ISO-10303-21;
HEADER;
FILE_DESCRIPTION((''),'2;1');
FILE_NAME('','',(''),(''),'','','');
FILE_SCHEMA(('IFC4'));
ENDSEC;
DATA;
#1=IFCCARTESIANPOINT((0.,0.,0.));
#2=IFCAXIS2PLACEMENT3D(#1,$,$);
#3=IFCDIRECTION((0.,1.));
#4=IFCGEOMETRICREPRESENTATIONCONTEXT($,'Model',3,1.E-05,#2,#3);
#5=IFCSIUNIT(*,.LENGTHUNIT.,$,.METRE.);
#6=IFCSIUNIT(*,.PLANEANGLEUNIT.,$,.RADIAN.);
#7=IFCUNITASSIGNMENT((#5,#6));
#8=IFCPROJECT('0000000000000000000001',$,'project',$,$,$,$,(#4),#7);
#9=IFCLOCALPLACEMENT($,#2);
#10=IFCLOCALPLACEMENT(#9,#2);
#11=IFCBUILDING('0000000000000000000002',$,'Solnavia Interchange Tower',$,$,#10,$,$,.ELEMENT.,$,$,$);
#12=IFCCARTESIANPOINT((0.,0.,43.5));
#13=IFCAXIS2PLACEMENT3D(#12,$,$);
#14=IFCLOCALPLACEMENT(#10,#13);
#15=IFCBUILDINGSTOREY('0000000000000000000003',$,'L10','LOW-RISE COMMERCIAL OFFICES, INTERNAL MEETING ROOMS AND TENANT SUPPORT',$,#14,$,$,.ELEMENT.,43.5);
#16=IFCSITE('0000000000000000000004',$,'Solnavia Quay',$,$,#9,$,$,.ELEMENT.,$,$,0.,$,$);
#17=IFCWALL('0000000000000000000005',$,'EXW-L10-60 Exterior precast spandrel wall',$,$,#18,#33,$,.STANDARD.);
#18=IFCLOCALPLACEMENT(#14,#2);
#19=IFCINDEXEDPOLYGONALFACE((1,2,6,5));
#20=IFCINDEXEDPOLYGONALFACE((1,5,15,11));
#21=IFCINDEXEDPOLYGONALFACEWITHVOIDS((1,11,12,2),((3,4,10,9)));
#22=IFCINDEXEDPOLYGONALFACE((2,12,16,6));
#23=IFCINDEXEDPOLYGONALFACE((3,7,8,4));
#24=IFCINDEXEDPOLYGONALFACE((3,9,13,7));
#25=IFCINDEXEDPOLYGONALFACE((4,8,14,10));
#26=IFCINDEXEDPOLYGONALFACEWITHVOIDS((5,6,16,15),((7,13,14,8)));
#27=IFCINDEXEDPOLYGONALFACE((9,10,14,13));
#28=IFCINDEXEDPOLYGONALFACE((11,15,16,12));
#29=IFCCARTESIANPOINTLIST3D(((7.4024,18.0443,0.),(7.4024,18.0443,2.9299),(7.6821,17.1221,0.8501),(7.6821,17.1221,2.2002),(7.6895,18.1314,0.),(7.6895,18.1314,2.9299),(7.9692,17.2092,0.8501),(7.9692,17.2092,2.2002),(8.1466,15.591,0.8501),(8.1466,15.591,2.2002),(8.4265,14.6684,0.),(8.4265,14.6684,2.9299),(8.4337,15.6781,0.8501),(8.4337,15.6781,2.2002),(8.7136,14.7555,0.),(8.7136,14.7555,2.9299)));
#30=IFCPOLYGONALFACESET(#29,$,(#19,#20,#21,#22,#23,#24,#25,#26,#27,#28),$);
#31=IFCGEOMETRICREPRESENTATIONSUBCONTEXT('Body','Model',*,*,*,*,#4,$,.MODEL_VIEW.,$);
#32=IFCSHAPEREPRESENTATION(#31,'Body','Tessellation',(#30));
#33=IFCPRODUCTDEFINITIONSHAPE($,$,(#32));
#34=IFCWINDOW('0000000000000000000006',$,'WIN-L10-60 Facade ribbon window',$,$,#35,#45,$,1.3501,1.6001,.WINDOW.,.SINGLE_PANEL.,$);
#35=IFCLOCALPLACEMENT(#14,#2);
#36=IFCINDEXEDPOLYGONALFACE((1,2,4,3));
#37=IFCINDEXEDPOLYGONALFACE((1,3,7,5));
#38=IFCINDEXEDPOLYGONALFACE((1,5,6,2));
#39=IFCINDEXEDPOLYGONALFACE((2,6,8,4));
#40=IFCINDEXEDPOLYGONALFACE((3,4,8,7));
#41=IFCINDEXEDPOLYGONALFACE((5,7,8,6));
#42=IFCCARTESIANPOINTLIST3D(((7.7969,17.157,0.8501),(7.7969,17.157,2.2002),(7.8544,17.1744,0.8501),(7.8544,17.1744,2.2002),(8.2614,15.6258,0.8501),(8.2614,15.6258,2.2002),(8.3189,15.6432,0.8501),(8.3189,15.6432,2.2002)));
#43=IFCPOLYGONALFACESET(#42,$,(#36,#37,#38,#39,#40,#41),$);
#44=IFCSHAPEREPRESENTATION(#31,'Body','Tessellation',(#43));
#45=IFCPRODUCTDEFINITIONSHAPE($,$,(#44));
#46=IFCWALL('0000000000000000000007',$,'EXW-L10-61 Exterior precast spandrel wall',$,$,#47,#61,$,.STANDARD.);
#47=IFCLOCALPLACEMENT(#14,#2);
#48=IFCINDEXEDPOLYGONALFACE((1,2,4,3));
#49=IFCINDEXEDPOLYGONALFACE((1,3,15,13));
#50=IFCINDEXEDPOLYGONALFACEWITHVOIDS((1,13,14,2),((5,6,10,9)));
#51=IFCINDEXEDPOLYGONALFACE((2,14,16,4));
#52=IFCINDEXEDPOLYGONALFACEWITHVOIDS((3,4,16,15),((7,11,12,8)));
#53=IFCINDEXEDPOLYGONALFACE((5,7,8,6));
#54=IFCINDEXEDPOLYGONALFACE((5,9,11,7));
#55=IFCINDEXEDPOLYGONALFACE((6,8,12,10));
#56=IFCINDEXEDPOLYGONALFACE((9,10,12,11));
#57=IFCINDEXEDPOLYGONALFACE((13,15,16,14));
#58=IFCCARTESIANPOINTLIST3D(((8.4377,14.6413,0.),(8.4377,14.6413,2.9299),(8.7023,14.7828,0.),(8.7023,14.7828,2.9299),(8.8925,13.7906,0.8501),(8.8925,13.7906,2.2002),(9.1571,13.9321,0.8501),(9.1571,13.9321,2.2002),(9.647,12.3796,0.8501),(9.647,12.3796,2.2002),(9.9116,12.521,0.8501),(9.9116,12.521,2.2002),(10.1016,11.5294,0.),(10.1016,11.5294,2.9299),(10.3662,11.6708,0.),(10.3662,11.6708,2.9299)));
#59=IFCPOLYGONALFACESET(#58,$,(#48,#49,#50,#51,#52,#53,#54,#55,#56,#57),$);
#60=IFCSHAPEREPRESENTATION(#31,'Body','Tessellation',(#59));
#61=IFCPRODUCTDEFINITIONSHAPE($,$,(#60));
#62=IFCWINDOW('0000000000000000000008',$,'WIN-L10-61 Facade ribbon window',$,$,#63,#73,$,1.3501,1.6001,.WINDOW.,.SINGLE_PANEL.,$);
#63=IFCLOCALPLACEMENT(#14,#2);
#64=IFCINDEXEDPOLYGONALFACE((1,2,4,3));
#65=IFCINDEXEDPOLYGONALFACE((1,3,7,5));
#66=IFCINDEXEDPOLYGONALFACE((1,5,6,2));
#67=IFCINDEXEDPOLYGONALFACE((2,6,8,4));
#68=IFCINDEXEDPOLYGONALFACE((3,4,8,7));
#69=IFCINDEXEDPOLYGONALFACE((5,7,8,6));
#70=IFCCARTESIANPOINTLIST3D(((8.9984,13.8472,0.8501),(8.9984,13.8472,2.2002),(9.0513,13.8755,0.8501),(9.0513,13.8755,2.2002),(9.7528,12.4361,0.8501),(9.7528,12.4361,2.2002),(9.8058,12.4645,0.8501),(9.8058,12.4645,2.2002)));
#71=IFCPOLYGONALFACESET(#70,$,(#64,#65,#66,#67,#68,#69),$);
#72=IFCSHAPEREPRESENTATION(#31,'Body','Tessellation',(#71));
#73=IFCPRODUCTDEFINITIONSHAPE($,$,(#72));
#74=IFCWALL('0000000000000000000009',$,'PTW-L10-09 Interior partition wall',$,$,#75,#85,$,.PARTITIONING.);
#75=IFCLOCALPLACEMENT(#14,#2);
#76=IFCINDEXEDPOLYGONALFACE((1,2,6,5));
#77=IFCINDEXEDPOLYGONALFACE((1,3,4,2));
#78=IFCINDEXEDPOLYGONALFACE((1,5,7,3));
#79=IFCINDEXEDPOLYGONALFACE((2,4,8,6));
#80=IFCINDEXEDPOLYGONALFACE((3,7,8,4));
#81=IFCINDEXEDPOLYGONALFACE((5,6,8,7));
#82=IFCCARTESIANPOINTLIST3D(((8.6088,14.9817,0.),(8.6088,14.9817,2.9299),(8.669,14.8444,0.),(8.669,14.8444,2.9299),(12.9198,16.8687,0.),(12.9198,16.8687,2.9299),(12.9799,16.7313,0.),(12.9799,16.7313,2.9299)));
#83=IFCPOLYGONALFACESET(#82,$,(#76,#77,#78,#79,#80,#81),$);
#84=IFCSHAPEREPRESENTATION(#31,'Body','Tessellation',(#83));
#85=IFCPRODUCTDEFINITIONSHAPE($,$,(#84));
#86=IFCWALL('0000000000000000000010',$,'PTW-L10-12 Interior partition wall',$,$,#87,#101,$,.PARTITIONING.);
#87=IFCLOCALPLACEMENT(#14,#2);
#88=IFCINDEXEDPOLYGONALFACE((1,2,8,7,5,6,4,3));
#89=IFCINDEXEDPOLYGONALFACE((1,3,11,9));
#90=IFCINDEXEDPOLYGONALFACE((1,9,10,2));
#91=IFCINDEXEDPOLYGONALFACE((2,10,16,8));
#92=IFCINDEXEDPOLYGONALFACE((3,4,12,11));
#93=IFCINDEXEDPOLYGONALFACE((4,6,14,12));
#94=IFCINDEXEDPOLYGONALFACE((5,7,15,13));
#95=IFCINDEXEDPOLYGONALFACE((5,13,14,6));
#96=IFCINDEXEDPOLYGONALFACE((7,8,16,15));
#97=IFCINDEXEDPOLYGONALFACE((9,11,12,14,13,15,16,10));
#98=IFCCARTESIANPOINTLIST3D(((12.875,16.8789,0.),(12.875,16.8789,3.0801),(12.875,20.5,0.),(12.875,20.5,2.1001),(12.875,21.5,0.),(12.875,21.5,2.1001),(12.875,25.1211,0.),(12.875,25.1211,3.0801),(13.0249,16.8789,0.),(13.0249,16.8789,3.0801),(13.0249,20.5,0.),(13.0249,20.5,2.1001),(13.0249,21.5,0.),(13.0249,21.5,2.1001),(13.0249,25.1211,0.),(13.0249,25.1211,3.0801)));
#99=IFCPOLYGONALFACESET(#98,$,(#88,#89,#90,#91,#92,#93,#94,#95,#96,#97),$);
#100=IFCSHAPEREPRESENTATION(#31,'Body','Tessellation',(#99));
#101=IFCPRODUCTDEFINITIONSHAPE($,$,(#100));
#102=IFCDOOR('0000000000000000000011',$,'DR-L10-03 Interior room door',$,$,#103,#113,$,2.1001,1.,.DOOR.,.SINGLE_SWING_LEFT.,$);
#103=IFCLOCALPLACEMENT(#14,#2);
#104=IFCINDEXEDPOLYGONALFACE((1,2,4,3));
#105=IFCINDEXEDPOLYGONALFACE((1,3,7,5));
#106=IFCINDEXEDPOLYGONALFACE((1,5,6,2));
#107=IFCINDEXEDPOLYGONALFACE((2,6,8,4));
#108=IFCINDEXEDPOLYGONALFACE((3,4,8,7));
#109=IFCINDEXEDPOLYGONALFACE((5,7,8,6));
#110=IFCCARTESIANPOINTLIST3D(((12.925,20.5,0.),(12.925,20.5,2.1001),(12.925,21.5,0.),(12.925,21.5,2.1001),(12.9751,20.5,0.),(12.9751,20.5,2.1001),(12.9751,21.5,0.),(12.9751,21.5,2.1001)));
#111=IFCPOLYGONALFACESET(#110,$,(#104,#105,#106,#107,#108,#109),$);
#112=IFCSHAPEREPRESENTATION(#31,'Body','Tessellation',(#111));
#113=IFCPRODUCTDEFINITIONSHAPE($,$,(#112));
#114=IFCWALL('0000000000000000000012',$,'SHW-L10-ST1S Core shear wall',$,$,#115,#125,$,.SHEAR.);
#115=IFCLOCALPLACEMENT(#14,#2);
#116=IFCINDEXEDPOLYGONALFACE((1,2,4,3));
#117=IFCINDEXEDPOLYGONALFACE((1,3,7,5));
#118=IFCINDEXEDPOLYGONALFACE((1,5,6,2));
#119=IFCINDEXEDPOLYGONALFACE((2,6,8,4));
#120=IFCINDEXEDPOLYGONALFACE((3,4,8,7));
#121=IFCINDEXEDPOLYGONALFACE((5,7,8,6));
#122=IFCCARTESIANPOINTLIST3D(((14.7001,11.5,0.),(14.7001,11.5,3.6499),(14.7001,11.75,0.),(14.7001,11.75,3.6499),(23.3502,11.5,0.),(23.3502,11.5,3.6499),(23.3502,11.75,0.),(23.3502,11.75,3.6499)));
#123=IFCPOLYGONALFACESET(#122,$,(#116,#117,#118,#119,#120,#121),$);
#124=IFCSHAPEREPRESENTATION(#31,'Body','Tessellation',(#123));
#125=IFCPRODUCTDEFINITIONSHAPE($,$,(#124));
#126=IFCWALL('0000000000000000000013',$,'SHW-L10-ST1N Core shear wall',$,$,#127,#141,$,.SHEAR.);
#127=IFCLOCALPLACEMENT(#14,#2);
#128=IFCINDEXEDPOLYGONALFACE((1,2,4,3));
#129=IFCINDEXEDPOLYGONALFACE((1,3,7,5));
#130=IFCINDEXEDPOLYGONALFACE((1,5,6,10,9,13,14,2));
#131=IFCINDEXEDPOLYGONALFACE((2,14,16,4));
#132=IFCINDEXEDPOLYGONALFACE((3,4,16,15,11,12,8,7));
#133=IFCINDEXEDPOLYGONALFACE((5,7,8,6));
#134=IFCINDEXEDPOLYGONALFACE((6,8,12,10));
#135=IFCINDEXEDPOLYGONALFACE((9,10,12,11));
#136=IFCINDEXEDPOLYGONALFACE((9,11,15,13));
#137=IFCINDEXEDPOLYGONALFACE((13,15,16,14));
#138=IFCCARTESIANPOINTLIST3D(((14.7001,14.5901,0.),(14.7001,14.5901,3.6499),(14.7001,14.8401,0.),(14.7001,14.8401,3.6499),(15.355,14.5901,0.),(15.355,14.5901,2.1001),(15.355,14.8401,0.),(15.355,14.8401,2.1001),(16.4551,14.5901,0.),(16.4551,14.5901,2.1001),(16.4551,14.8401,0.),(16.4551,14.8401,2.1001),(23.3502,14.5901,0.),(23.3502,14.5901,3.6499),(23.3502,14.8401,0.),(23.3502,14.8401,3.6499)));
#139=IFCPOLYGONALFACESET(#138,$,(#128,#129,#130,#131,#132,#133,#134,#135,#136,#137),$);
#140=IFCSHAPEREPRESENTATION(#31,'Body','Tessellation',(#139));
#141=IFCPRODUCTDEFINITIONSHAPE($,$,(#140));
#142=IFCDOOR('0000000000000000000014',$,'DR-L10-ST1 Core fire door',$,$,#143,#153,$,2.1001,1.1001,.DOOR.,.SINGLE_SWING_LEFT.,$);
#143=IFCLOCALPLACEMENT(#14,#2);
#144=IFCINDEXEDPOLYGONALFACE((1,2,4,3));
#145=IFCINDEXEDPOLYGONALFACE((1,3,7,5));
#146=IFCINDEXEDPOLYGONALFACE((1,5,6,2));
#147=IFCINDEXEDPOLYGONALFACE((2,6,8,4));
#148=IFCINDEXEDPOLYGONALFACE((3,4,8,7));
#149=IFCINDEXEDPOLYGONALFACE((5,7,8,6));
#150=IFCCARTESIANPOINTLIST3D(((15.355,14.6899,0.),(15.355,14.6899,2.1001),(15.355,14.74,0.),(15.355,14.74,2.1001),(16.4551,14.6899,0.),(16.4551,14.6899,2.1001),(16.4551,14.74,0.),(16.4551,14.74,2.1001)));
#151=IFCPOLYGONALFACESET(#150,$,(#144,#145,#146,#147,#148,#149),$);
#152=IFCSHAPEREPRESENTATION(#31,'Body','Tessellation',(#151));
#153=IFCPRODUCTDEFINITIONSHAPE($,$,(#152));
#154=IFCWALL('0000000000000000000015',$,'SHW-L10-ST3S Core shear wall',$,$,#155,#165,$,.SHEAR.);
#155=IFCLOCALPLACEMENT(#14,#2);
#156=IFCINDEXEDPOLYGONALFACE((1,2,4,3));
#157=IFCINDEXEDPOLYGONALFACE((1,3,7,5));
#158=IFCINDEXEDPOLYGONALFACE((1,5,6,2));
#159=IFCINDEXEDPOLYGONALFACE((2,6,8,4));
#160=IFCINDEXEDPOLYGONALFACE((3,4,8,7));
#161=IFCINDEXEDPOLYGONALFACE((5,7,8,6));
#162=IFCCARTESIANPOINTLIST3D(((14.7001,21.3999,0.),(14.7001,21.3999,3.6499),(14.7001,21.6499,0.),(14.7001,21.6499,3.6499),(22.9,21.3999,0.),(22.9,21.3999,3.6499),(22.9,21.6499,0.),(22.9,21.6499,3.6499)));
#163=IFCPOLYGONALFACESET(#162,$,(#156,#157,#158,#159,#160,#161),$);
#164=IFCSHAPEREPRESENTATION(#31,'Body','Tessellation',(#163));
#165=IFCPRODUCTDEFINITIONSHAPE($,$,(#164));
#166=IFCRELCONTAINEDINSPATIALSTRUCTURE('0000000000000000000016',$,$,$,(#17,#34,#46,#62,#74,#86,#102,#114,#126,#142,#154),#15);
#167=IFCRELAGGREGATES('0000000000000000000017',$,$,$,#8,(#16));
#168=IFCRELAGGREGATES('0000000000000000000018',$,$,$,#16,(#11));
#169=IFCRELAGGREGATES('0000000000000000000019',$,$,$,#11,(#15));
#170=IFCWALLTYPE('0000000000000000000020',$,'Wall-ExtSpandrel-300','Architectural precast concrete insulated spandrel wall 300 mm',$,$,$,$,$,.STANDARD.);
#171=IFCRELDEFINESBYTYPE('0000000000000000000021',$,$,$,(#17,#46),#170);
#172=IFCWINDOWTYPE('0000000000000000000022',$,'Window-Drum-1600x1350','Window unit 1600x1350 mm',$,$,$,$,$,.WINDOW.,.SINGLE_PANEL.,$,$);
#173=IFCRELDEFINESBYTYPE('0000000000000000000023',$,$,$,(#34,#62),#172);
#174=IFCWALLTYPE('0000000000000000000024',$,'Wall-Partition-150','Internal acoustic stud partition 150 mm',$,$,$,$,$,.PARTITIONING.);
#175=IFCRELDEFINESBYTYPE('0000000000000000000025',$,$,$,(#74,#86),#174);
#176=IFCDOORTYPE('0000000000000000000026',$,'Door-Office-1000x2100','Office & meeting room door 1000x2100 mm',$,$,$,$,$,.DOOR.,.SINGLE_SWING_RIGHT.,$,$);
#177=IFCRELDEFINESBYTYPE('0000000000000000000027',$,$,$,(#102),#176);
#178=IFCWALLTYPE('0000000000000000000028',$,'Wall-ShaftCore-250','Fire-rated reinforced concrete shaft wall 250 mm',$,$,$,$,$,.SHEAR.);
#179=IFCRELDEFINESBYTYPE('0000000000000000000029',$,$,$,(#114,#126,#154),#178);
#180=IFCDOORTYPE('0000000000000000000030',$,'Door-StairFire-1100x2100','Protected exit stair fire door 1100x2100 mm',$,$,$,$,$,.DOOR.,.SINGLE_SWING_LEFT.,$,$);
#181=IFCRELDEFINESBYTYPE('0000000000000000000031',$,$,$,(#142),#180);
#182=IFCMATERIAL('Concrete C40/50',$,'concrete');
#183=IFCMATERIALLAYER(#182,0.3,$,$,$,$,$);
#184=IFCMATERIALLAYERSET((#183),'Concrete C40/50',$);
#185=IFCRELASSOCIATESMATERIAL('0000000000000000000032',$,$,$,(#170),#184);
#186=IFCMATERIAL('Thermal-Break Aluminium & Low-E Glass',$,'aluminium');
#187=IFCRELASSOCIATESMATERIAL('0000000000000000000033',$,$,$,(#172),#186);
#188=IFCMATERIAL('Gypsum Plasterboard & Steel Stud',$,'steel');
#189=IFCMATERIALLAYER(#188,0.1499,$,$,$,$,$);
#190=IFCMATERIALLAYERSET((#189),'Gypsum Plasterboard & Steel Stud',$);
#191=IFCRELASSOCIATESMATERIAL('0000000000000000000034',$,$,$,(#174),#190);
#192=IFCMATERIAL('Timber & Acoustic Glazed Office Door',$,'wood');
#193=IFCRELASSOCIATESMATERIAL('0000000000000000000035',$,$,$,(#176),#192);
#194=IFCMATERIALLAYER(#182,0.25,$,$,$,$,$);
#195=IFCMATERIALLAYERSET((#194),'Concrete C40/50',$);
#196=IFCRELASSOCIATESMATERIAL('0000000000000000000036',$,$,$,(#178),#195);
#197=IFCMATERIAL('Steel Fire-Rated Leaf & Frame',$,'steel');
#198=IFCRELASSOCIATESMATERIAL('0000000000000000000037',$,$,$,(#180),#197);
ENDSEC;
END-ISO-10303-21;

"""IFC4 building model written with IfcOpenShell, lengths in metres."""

from ifc_helpers import new_model, si_unit, direction, frame, frame_2d, origin, place, context, subcontext, project, spatial, rectangle, extrude, material, layer, layer_set, type_object, element, fill, save


model = new_model("IFC4")

# Units and contexts
model_context = context("Model", 3, precision=1e-05, world=origin(), true_north=direction((0.0, 1.0)))
body_context = subcontext(model_context, "Body", "Model", "MODEL_VIEW")
ifc_project = project(units=[si_unit("LENGTHUNIT", "METRE"), si_unit("PLANEANGLEUNIT", "RADIAN")], contexts=[model_context])

# Site, building, storey
site_placement = place(None, origin())
site = spatial("IfcSite", under=ifc_project, at=site_placement, Name="Solnavia Quay", CompositionType="ELEMENT", RefElevation=0.0)
building_placement = place(site_placement, origin())
building = spatial("IfcBuilding", under=site, at=building_placement, Name="Solnavia Interchange Tower", CompositionType="ELEMENT")
storey_placement = place(building_placement, frame((0.0, 0.0, 43.5)))
storey = spatial("IfcBuildingStorey", under=building, at=storey_placement, Name="L10", Description="LOW-RISE COMMERCIAL OFFICES, INTERNAL MEETING ROOMS AND TENANT SUPPORT", CompositionType="ELEMENT", Elevation=43.5)

# Shared definitions
ifc_material_1 = material(Name="Concrete C40/50", Category="concrete")
ifc_layer_1 = layer(ifc_material_1, 0.3)
ifc_layer_set_1 = layer_set([ifc_layer_1], Name="Concrete C40/50")
wall_type_1 = type_object("IfcWallType", Name="Wall-ExtSpandrel-300", Description="Architectural precast concrete insulated spandrel wall 300 mm", PredefinedType="STANDARD", material=ifc_layer_set_1)

# Walls, openings, windows
ifc_material_2 = material(Name="Thermal-Break Aluminium & Low-E Glass", Category="aluminium")
window_type = type_object("IfcWindowType", Name="Window-Drum-1600x1350", Description="Window unit 1600x1350 mm", PartitioningType="SINGLE_PANEL", PredefinedType="WINDOW", material=ifc_material_2)
wall_1_placement = place(storey_placement, frame((8.5701, 14.7119, 0.0), z_axis=(0.0, 0.0, 1.0), x_axis=(-0.290305, 0.956934, 0.0)))
wall_1 = element("IfcWall", 1, at=wall_1_placement, inside=storey, type_object=wall_type_1, Name="EXW-L10-60 Exterior precast spandrel wall", PredefinedType="STANDARD", context=body_context, shape_type="SweptSolid", body=[
    extrude(rectangle(XDim=3.5278, YDim=0.3, at=frame_2d((1.7639, 0.0))), origin(), (0.0, 0.0, 1.0), 2.9299),
])
opening_1_placement = place(wall_1_placement, frame((0.9641, 0.0, 0.8501)))
opening_1 = element("IfcOpeningElement", 2, at=opening_1_placement, cuts=wall_1, PredefinedType="OPENING", context=body_context, shape_type="SweptSolid", body=[
    extrude(rectangle(XDim=1.6001, YDim=1.3501, at=frame_2d((0.8, 0.675))), frame((0.0, 0.1602, 0.0), z_axis=(0.0, -1.0, 0.0), x_axis=(1.0, 0.0, 0.0)), (0.0, 0.0, 1.0), 0.3201),
])
window_1_placement = place(opening_1_placement, origin())
window_1 = element("IfcWindow", 3, at=window_1_placement, inside=storey, type_object=window_type, Name="WIN-L10-60 Facade ribbon window", OverallHeight=1.3501, OverallWidth=1.6001, PartitioningType="SINGLE_PANEL", PredefinedType="WINDOW", context=body_context, shape_type="SweptSolid", body=[
    extrude(rectangle(XDim=1.6001, YDim=1.3501, at=frame_2d((0.8, 0.675))), frame((0.0, 0.03, 0.0), z_axis=(0.0, -1.0, 0.0), x_axis=(1.0, 0.0, 0.0)), (0.0, 0.0, 1.0), 0.0601),
])
fill(opening_1, window_1)
wall_2_placement = place(storey_placement, frame((10.2339, 11.6001, 0.0), z_axis=(0.0, 0.0, 1.0), x_axis=(-0.471511, 0.88186, 0.0)))
wall_2 = element("IfcWall", 4, at=wall_2_placement, inside=storey, type_object=wall_type_1, Name="EXW-L10-61 Exterior precast spandrel wall", PredefinedType="STANDARD", context=body_context, shape_type="SweptSolid", body=[
    extrude(rectangle(XDim=3.5288, YDim=0.3, at=frame_2d((1.7644, 0.0))), origin(), (0.0, 0.0, 1.0), 2.9299),
])
opening_2_placement = place(wall_2_placement, frame((0.9641, 0.0, 0.8501)))
opening_2 = element("IfcOpeningElement", 5, at=opening_2_placement, cuts=wall_2, PredefinedType="OPENING", context=body_context, shape_type="SweptSolid", body=[
    extrude(rectangle(XDim=1.6001, YDim=1.3501, at=frame_2d((0.8, 0.675))), frame((0.0, 0.1602, 0.0), z_axis=(0.0, -1.0, 0.0), x_axis=(1.0, 0.0, 0.0)), (0.0, 0.0, 1.0), 0.3201),
])
window_2_placement = place(opening_2_placement, origin())
window_2 = element("IfcWindow", 6, at=window_2_placement, inside=storey, type_object=window_type, Name="WIN-L10-61 Facade ribbon window", OverallHeight=1.3501, OverallWidth=1.6001, PartitioningType="SINGLE_PANEL", PredefinedType="WINDOW", context=body_context, shape_type="SweptSolid", body=[
    extrude(rectangle(XDim=1.6001, YDim=1.3501, at=frame_2d((0.8, 0.675))), frame((0.0, 0.03, 0.0), z_axis=(0.0, -1.0, 0.0), x_axis=(1.0, 0.0, 0.0)), (0.0, 0.0, 1.0), 0.0601),
])
fill(opening_2, window_2)

# Wall
ifc_material_3 = material(Name="Gypsum Plasterboard & Steel Stud", Category="steel")
ifc_layer_2 = layer(ifc_material_3, 0.1499)
ifc_layer_set_2 = layer_set([ifc_layer_2], Name="Gypsum Plasterboard & Steel Stud")
wall_type_2 = type_object("IfcWallType", Name="Wall-Partition-150", Description="Internal acoustic stud partition 150 mm", PredefinedType="PARTITIONING", material=ifc_layer_set_2)
wall_3_placement = place(storey_placement, frame((12.95, 16.8, 0.0), z_axis=(0.0, 0.0, 1.0), x_axis=(-0.916088, -0.400977, 0.0)))
element("IfcWall", 7, at=wall_3_placement, inside=storey, type_object=wall_type_2, Name="PTW-L10-09 Interior partition wall", PredefinedType="PARTITIONING", context=body_context, shape_type="SweptSolid", body=[
    extrude(rectangle(XDim=4.7058, YDim=0.1499, at=frame_2d((2.353, 0.0))), origin(), (0.0, 0.0, 1.0), 2.9299),
])

# Wall, opening, door
wall_4_placement = place(storey_placement, frame((12.95, 16.8789, 0.0), z_axis=(0.0, 0.0, 1.0), x_axis=(0.0, 1.0, 0.0)))
wall_4 = element("IfcWall", 8, at=wall_4_placement, inside=storey, type_object=wall_type_2, Name="PTW-L10-12 Interior partition wall", PredefinedType="PARTITIONING", context=body_context, shape_type="SweptSolid", body=[
    extrude(rectangle(XDim=8.2422, YDim=0.1499, at=frame_2d((4.1211, 0.0))), origin(), (0.0, 0.0, 1.0), 3.0801),
])
opening_3_placement = place(wall_4_placement, frame((3.6211, 0.0, 0.0)))
opening_3 = element("IfcOpeningElement", 9, at=opening_3_placement, cuts=wall_4, PredefinedType="OPENING", context=body_context, shape_type="SweptSolid", body=[
    extrude(rectangle(XDim=1.0, YDim=2.1001, at=frame_2d((0.5, 1.05))), frame((0.0, 0.085, 0.0), z_axis=(0.0, -1.0, 0.0), x_axis=(1.0, 0.0, 0.0)), (0.0, 0.0, 1.0), 0.1699),
])
ifc_material_4 = material(Name="Timber & Acoustic Glazed Office Door", Category="wood")
door_type_1 = type_object("IfcDoorType", Name="Door-Office-1000x2100", Description="Office & meeting room door 1000x2100 mm", OperationType="SINGLE_SWING_RIGHT", PredefinedType="DOOR", material=ifc_material_4)
door_1_placement = place(opening_3_placement, origin())
door_1 = element("IfcDoor", 10, at=door_1_placement, inside=storey, type_object=door_type_1, Name="DR-L10-03 Interior room door", OperationType="SINGLE_SWING_LEFT", OverallHeight=2.1001, OverallWidth=1.0, PredefinedType="DOOR", context=body_context, shape_type="SweptSolid", body=[
    extrude(rectangle(XDim=1.0, YDim=2.1001, at=frame_2d((0.5, 1.05))), frame((0.0, 0.0249, 0.0), z_axis=(0.0, -1.0, 0.0), x_axis=(1.0, 0.0, 0.0)), (0.0, 0.0, 1.0), 0.05),
])
fill(opening_3, door_1)

# Wall
ifc_layer_3 = layer(ifc_material_1, 0.25)
ifc_layer_set_3 = layer_set([ifc_layer_3], Name="Concrete C40/50")
wall_type_3 = type_object("IfcWallType", Name="Wall-ShaftCore-250", Description="Fire-rated reinforced concrete shaft wall 250 mm", PredefinedType="SHEAR", material=ifc_layer_set_3)
wall_5_placement = place(storey_placement, frame((14.7, 11.625, 0.0), z_axis=(0.0, 0.0, 1.0), x_axis=(1.0, 0.0, 0.0)))
element("IfcWall", 11, at=wall_5_placement, inside=storey, type_object=wall_type_3, Name="SHW-L10-ST1S Core shear wall", PredefinedType="SHEAR", context=body_context, shape_type="SweptSolid", body=[
    extrude(rectangle(XDim=8.6501, YDim=0.25, at=frame_2d((4.3252, 0.0))), origin(), (0.0, 0.0, 1.0), 3.6499),
])

# Wall, opening, door
wall_6_placement = place(storey_placement, frame((14.7, 14.7151, 0.0), z_axis=(0.0, 0.0, 1.0), x_axis=(1.0, 0.0, 0.0)))
wall_6 = element("IfcWall", 12, at=wall_6_placement, inside=storey, type_object=wall_type_3, Name="SHW-L10-ST1N Core shear wall", PredefinedType="SHEAR", context=body_context, shape_type="SweptSolid", body=[
    extrude(rectangle(XDim=8.6501, YDim=0.25, at=frame_2d((4.3252, 0.0))), origin(), (0.0, 0.0, 1.0), 3.6499),
])
opening_4_placement = place(wall_6_placement, frame((0.655, 0.0, 0.0)))
opening_4 = element("IfcOpeningElement", 13, at=opening_4_placement, cuts=wall_6, PredefinedType="OPENING", context=body_context, shape_type="SweptSolid", body=[
    extrude(rectangle(XDim=1.1001, YDim=2.1001, at=frame_2d((0.55, 1.05))), frame((0.0, 0.135, 0.0), z_axis=(0.0, -1.0, 0.0), x_axis=(1.0, 0.0, 0.0)), (0.0, 0.0, 1.0), 0.27),
])
ifc_material_5 = material(Name="Steel Fire-Rated Leaf & Frame", Category="steel")
door_type_2 = type_object("IfcDoorType", Name="Door-StairFire-1100x2100", Description="Protected exit stair fire door 1100x2100 mm", OperationType="SINGLE_SWING_LEFT", PredefinedType="DOOR", material=ifc_material_5)
door_2_placement = place(opening_4_placement, origin())
door_2 = element("IfcDoor", 14, at=door_2_placement, inside=storey, type_object=door_type_2, Name="DR-L10-ST1 Core fire door", OperationType="SINGLE_SWING_LEFT", OverallHeight=2.1001, OverallWidth=1.1001, PredefinedType="DOOR", context=body_context, shape_type="SweptSolid", body=[
    extrude(rectangle(XDim=1.1001, YDim=2.1001, at=frame_2d((0.55, 1.05))), frame((0.0, 0.0249, 0.0), z_axis=(0.0, -1.0, 0.0), x_axis=(1.0, 0.0, 0.0)), (0.0, 0.0, 1.0), 0.05),
])
fill(opening_4, door_2)

# Wall
for number, where, z_axis, x_axis, name in (
    (15, (14.7, 21.5249, 0.0), (0.0, 0.0, 1.0), (1.0, 0.0, 0.0), "SHW-L10-ST3S Core shear wall"),
):
    element("IfcWall", number, at=place(storey_placement, frame(where, z_axis=z_axis, x_axis=x_axis)), inside=storey, type_object=wall_type_3, Name=name, PredefinedType="SHEAR", context=body_context, shape_type="SweptSolid", body=[
        extrude(rectangle(XDim=8.2, YDim=0.25, at=frame_2d((4.1001, 0.0))), origin(), (0.0, 0.0, 1.0), 3.6499),
    ])

save(model, "model.ifc")
